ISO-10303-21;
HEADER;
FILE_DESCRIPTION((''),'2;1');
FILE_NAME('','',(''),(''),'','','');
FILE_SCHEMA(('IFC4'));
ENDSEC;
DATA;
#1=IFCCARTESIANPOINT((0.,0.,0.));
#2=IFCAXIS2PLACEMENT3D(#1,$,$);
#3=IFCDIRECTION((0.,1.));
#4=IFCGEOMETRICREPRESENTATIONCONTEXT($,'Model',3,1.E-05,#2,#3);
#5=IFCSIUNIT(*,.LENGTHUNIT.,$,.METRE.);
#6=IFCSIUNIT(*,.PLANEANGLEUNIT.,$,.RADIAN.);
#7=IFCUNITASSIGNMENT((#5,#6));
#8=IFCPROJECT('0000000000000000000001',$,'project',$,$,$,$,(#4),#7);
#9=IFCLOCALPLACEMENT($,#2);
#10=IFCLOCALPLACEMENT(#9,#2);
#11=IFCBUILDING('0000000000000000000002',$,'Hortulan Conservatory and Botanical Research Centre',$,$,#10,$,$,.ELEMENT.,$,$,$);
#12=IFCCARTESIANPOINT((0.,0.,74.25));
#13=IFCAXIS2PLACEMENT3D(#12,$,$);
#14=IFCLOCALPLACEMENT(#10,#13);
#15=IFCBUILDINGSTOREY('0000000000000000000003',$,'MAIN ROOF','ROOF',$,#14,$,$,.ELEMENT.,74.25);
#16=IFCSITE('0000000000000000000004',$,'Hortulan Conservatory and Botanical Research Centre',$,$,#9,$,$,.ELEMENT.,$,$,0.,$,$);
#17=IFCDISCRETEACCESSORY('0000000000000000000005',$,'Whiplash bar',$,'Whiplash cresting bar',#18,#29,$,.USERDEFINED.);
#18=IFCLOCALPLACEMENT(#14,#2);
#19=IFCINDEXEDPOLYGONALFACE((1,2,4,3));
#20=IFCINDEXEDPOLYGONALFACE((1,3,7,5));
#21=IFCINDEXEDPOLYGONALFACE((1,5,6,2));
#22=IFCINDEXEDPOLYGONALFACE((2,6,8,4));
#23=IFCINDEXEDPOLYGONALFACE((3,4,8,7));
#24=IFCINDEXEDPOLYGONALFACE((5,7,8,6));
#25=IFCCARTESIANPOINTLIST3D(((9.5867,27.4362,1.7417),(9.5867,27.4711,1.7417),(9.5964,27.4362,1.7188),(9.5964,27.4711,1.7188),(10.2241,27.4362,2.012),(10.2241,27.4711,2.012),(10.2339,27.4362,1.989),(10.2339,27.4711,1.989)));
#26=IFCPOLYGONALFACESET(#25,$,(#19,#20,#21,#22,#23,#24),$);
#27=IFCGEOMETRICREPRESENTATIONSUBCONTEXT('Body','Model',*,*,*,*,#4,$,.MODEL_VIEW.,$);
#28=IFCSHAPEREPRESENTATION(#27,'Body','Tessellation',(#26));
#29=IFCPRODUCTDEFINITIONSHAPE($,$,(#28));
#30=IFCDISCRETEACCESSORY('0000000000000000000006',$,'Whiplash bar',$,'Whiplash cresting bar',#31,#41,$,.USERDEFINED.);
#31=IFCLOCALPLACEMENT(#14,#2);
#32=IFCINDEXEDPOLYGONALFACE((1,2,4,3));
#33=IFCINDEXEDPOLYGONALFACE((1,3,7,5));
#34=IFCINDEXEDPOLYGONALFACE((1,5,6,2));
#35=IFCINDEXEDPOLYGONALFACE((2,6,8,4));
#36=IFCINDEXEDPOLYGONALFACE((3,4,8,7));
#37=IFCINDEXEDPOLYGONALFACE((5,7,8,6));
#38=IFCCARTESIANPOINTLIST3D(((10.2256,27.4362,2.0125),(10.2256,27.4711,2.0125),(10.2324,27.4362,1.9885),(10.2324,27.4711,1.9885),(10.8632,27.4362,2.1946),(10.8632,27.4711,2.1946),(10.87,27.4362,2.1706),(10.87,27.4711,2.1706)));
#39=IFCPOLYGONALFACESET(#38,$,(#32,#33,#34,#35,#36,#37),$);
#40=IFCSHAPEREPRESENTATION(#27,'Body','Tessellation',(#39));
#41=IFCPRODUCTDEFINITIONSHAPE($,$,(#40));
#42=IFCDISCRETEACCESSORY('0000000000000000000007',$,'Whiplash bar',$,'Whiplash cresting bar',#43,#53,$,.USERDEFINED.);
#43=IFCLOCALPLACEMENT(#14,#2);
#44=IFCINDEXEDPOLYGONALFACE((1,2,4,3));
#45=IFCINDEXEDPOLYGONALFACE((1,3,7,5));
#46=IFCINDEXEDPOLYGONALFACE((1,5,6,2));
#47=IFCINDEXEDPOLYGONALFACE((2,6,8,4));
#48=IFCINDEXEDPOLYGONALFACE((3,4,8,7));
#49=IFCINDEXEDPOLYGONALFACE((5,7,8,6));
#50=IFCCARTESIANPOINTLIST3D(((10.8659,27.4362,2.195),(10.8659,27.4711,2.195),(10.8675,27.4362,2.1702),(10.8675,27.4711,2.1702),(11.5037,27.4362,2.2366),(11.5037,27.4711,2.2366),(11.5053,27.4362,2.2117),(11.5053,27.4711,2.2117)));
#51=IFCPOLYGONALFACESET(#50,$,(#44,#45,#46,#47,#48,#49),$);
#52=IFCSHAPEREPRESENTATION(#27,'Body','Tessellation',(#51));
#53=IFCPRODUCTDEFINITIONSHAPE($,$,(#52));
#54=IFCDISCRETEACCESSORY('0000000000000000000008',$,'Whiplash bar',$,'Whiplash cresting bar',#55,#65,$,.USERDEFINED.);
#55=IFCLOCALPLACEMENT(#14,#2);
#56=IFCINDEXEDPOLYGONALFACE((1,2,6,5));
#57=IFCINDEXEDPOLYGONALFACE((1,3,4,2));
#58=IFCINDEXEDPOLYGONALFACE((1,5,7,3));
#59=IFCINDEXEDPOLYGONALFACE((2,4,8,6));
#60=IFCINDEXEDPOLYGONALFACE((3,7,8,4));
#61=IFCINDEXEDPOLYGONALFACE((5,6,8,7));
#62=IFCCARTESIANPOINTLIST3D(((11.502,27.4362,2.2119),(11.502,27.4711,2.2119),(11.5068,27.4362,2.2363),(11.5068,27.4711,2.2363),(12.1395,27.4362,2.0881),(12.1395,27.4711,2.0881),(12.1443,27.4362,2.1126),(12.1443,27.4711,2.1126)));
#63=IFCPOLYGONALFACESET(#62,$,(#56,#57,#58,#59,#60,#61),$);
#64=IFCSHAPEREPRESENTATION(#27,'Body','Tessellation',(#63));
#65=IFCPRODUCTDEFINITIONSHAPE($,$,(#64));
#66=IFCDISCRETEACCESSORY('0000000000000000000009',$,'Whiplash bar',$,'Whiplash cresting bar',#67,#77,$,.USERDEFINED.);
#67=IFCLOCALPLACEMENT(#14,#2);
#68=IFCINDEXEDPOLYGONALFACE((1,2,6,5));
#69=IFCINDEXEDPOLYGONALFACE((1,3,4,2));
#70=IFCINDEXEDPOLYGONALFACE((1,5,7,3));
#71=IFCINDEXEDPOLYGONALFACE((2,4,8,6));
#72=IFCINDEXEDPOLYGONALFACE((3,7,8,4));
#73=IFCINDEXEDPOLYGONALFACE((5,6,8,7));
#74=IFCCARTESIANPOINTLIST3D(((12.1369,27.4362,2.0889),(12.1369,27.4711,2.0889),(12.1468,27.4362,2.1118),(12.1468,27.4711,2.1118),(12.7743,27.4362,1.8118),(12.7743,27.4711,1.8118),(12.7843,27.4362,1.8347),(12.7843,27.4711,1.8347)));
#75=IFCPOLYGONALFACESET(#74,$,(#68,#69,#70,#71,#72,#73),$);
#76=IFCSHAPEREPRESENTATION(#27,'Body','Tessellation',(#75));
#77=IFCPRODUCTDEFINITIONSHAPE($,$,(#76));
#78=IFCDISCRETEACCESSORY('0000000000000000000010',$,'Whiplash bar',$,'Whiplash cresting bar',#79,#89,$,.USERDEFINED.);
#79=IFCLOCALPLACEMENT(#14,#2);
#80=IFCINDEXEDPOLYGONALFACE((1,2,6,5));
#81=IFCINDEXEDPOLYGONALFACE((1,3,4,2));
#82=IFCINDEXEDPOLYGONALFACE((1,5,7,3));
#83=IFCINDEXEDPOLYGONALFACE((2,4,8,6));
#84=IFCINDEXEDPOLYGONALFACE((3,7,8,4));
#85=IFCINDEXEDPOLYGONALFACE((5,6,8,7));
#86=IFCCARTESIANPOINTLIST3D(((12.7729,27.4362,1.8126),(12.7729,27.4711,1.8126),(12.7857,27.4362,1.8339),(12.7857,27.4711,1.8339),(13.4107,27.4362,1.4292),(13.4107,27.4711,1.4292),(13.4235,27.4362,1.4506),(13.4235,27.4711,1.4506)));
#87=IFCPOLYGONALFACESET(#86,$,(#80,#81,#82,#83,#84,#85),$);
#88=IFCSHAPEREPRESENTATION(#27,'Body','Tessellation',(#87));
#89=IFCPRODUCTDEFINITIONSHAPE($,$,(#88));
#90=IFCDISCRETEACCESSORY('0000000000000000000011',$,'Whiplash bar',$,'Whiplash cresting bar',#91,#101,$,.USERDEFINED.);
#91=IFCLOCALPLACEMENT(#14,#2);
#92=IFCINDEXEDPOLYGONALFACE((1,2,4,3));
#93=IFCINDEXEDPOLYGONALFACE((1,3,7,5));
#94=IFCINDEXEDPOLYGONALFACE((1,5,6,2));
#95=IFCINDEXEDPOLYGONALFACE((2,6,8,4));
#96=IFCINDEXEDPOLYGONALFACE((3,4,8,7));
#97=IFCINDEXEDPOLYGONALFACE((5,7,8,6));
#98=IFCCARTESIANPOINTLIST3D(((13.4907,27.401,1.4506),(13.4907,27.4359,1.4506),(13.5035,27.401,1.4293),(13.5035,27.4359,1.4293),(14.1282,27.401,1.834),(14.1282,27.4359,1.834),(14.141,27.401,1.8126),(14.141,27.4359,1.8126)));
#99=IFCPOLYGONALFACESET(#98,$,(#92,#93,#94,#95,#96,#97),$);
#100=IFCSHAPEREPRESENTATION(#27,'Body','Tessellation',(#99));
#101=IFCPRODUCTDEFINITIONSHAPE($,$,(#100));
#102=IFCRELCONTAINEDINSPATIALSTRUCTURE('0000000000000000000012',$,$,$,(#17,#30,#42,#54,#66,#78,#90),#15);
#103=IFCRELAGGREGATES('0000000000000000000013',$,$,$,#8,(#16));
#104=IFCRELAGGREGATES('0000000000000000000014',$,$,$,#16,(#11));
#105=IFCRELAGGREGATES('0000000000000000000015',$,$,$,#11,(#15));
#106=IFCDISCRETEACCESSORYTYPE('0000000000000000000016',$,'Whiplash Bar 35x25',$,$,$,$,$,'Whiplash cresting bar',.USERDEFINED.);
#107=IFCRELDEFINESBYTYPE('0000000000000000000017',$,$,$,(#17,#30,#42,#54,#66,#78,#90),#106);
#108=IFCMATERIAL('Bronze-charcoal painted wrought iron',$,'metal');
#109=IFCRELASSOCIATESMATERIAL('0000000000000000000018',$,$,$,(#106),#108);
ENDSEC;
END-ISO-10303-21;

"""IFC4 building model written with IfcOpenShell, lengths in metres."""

from ifc_helpers import new_model, si_unit, direction, frame, origin, origin_2d, place, context, subcontext, project, spatial, rectangle, extrude, material, material_profile, profile_set, type_object, element, save


model = new_model("IFC4")

# Units and contexts
model_context = context("Model", 3, precision=1e-05, world=origin(), true_north=direction((0.0, 1.0)))
body_context = subcontext(model_context, "Body", "Model", "MODEL_VIEW")
ifc_project = project(units=[si_unit("LENGTHUNIT", "METRE"), si_unit("PLANEANGLEUNIT", "RADIAN")], contexts=[model_context])

# Site, building, storey
site_placement = place(None, origin())
site = spatial("IfcSite", under=ifc_project, at=site_placement, Name="Hortulan Conservatory and Botanical Research Centre", CompositionType="ELEMENT", RefElevation=0.0)
building_placement = place(site_placement, origin())
building = spatial("IfcBuilding", under=site, at=building_placement, Name="Hortulan Conservatory and Botanical Research Centre", CompositionType="ELEMENT")
storey_placement = place(building_placement, frame((0.0, 0.0, 74.25)))
storey = spatial("IfcBuildingStorey", under=building, at=storey_placement, Name="MAIN ROOF", Description="ROOF", CompositionType="ELEMENT", Elevation=74.25)

# Discrete accessories
ifc_material = material(Name="Bronze-charcoal painted wrought iron", Category="metal")
ifc_material_profile_1 = material_profile(ifc_material, rectangle(XDim=0.0349, YDim=0.0249, at=origin_2d()), Name="Flat bar 35x25")
ifc_profile_set_1 = profile_set([ifc_material_profile_1], Name="Bronze-charcoal painted wrought iron")
discrete_accessory_type_1 = type_object("IfcDiscreteAccessoryType", Name="Whiplash Bar 35x25", ElementType="Whiplash cresting bar", PredefinedType="USERDEFINED", material=ifc_profile_set_1)
discrete_accessory_1_placement = place(storey_placement, frame((9.5916, 27.4536, 1.7302), z_axis=(0.92067, 0.0, 0.390342), x_axis=(0.0, 1.0, 0.0)))
element("IfcDiscreteAccessory", 1, at=discrete_accessory_1_placement, inside=storey, type_object=discrete_accessory_type_1, Name="Whiplash bar", ObjectType="Whiplash cresting bar", PredefinedType="USERDEFINED", context=body_context, shape_type="SweptSolid", body=[
    extrude(rectangle(XDim=0.0349, YDim=0.0249, at=origin_2d()), origin(), (0.0, 0.0, 1.0), 0.6924),
])
discrete_accessory_2_placement = place(storey_placement, frame((10.229, 27.4536, 2.0005), z_axis=(0.961552, 0.0, 0.274624), x_axis=(0.0, 1.0, 0.0)))
element("IfcDiscreteAccessory", 2, at=discrete_accessory_2_placement, inside=storey, type_object=discrete_accessory_type_1, Name="Whiplash bar", ObjectType="Whiplash cresting bar", PredefinedType="USERDEFINED", context=body_context, shape_type="SweptSolid", body=[
    extrude(rectangle(XDim=0.0349, YDim=0.0249, at=origin_2d()), origin(), (0.0, 0.0, 1.0), 0.6631),
])
discrete_accessory_3_placement = place(storey_placement, frame((10.8667, 27.4536, 2.1826), z_axis=(0.997889, 0.0, 0.064947), x_axis=(0.0, 1.0, 0.0)))
element("IfcDiscreteAccessory", 3, at=discrete_accessory_3_placement, inside=storey, type_object=discrete_accessory_type_1, Name="Whiplash bar", ObjectType="Whiplash cresting bar", PredefinedType="USERDEFINED", context=body_context, shape_type="SweptSolid", body=[
    extrude(rectangle(XDim=0.0349, YDim=0.0249, at=origin_2d()), origin(), (0.0, 0.0, 1.0), 0.6392),
])
discrete_accessory_4_placement = place(storey_placement, frame((11.5044, 27.4536, 2.2241), z_axis=(0.981664, 0.0, -0.190618), x_axis=(0.0, 1.0, 0.0)))
element("IfcDiscreteAccessory", 4, at=discrete_accessory_4_placement, inside=storey, type_object=discrete_accessory_type_1, Name="Whiplash bar", ObjectType="Whiplash cresting bar", PredefinedType="USERDEFINED", context=body_context, shape_type="SweptSolid", body=[
    extrude(rectangle(XDim=0.0349, YDim=0.0249, at=origin_2d()), origin(), (0.0, 0.0, 1.0), 0.6494),
])
discrete_accessory_5_placement = place(storey_placement, frame((12.1418, 27.4536, 2.1003), z_axis=(0.917098, 0.0, -0.398662), x_axis=(0.0, 1.0, 0.0)))
element("IfcDiscreteAccessory", 5, at=discrete_accessory_5_placement, inside=storey, type_object=discrete_accessory_type_1, Name="Whiplash bar", ObjectType="Whiplash cresting bar", PredefinedType="USERDEFINED", context=body_context, shape_type="SweptSolid", body=[
    extrude(rectangle(XDim=0.0349, YDim=0.0249, at=origin_2d()), origin(), (0.0, 0.0, 1.0), 0.6951),
])
discrete_accessory_6_placement = place(storey_placement, frame((12.7793, 27.4536, 1.8232), z_axis=(0.857087, 0.0, -0.515171), x_axis=(0.0, 1.0, 0.0)))
element("IfcDiscreteAccessory", 6, at=discrete_accessory_6_placement, inside=storey, type_object=discrete_accessory_type_1, Name="Whiplash bar", ObjectType="Whiplash cresting bar", PredefinedType="USERDEFINED", context=body_context, shape_type="SweptSolid", body=[
    extrude(rectangle(XDim=0.0349, YDim=0.0249, at=origin_2d()), origin(), (0.0, 0.0, 1.0), 0.7441),
])
discrete_accessory_7_placement = place(storey_placement, frame((13.4971, 27.4185, 1.4399), z_axis=(0.857, 0.0, 0.515316), x_axis=(0.0, 1.0, 0.0)))
element("IfcDiscreteAccessory", 7, at=discrete_accessory_7_placement, inside=storey, type_object=discrete_accessory_type_1, Name="Whiplash bar", ObjectType="Whiplash cresting bar", PredefinedType="USERDEFINED", context=body_context, shape_type="SweptSolid", body=[
    extrude(rectangle(XDim=0.0349, YDim=0.0249, at=origin_2d()), origin(), (0.0, 0.0, 1.0), 0.7439),
])

save(model, "model.ifc")
